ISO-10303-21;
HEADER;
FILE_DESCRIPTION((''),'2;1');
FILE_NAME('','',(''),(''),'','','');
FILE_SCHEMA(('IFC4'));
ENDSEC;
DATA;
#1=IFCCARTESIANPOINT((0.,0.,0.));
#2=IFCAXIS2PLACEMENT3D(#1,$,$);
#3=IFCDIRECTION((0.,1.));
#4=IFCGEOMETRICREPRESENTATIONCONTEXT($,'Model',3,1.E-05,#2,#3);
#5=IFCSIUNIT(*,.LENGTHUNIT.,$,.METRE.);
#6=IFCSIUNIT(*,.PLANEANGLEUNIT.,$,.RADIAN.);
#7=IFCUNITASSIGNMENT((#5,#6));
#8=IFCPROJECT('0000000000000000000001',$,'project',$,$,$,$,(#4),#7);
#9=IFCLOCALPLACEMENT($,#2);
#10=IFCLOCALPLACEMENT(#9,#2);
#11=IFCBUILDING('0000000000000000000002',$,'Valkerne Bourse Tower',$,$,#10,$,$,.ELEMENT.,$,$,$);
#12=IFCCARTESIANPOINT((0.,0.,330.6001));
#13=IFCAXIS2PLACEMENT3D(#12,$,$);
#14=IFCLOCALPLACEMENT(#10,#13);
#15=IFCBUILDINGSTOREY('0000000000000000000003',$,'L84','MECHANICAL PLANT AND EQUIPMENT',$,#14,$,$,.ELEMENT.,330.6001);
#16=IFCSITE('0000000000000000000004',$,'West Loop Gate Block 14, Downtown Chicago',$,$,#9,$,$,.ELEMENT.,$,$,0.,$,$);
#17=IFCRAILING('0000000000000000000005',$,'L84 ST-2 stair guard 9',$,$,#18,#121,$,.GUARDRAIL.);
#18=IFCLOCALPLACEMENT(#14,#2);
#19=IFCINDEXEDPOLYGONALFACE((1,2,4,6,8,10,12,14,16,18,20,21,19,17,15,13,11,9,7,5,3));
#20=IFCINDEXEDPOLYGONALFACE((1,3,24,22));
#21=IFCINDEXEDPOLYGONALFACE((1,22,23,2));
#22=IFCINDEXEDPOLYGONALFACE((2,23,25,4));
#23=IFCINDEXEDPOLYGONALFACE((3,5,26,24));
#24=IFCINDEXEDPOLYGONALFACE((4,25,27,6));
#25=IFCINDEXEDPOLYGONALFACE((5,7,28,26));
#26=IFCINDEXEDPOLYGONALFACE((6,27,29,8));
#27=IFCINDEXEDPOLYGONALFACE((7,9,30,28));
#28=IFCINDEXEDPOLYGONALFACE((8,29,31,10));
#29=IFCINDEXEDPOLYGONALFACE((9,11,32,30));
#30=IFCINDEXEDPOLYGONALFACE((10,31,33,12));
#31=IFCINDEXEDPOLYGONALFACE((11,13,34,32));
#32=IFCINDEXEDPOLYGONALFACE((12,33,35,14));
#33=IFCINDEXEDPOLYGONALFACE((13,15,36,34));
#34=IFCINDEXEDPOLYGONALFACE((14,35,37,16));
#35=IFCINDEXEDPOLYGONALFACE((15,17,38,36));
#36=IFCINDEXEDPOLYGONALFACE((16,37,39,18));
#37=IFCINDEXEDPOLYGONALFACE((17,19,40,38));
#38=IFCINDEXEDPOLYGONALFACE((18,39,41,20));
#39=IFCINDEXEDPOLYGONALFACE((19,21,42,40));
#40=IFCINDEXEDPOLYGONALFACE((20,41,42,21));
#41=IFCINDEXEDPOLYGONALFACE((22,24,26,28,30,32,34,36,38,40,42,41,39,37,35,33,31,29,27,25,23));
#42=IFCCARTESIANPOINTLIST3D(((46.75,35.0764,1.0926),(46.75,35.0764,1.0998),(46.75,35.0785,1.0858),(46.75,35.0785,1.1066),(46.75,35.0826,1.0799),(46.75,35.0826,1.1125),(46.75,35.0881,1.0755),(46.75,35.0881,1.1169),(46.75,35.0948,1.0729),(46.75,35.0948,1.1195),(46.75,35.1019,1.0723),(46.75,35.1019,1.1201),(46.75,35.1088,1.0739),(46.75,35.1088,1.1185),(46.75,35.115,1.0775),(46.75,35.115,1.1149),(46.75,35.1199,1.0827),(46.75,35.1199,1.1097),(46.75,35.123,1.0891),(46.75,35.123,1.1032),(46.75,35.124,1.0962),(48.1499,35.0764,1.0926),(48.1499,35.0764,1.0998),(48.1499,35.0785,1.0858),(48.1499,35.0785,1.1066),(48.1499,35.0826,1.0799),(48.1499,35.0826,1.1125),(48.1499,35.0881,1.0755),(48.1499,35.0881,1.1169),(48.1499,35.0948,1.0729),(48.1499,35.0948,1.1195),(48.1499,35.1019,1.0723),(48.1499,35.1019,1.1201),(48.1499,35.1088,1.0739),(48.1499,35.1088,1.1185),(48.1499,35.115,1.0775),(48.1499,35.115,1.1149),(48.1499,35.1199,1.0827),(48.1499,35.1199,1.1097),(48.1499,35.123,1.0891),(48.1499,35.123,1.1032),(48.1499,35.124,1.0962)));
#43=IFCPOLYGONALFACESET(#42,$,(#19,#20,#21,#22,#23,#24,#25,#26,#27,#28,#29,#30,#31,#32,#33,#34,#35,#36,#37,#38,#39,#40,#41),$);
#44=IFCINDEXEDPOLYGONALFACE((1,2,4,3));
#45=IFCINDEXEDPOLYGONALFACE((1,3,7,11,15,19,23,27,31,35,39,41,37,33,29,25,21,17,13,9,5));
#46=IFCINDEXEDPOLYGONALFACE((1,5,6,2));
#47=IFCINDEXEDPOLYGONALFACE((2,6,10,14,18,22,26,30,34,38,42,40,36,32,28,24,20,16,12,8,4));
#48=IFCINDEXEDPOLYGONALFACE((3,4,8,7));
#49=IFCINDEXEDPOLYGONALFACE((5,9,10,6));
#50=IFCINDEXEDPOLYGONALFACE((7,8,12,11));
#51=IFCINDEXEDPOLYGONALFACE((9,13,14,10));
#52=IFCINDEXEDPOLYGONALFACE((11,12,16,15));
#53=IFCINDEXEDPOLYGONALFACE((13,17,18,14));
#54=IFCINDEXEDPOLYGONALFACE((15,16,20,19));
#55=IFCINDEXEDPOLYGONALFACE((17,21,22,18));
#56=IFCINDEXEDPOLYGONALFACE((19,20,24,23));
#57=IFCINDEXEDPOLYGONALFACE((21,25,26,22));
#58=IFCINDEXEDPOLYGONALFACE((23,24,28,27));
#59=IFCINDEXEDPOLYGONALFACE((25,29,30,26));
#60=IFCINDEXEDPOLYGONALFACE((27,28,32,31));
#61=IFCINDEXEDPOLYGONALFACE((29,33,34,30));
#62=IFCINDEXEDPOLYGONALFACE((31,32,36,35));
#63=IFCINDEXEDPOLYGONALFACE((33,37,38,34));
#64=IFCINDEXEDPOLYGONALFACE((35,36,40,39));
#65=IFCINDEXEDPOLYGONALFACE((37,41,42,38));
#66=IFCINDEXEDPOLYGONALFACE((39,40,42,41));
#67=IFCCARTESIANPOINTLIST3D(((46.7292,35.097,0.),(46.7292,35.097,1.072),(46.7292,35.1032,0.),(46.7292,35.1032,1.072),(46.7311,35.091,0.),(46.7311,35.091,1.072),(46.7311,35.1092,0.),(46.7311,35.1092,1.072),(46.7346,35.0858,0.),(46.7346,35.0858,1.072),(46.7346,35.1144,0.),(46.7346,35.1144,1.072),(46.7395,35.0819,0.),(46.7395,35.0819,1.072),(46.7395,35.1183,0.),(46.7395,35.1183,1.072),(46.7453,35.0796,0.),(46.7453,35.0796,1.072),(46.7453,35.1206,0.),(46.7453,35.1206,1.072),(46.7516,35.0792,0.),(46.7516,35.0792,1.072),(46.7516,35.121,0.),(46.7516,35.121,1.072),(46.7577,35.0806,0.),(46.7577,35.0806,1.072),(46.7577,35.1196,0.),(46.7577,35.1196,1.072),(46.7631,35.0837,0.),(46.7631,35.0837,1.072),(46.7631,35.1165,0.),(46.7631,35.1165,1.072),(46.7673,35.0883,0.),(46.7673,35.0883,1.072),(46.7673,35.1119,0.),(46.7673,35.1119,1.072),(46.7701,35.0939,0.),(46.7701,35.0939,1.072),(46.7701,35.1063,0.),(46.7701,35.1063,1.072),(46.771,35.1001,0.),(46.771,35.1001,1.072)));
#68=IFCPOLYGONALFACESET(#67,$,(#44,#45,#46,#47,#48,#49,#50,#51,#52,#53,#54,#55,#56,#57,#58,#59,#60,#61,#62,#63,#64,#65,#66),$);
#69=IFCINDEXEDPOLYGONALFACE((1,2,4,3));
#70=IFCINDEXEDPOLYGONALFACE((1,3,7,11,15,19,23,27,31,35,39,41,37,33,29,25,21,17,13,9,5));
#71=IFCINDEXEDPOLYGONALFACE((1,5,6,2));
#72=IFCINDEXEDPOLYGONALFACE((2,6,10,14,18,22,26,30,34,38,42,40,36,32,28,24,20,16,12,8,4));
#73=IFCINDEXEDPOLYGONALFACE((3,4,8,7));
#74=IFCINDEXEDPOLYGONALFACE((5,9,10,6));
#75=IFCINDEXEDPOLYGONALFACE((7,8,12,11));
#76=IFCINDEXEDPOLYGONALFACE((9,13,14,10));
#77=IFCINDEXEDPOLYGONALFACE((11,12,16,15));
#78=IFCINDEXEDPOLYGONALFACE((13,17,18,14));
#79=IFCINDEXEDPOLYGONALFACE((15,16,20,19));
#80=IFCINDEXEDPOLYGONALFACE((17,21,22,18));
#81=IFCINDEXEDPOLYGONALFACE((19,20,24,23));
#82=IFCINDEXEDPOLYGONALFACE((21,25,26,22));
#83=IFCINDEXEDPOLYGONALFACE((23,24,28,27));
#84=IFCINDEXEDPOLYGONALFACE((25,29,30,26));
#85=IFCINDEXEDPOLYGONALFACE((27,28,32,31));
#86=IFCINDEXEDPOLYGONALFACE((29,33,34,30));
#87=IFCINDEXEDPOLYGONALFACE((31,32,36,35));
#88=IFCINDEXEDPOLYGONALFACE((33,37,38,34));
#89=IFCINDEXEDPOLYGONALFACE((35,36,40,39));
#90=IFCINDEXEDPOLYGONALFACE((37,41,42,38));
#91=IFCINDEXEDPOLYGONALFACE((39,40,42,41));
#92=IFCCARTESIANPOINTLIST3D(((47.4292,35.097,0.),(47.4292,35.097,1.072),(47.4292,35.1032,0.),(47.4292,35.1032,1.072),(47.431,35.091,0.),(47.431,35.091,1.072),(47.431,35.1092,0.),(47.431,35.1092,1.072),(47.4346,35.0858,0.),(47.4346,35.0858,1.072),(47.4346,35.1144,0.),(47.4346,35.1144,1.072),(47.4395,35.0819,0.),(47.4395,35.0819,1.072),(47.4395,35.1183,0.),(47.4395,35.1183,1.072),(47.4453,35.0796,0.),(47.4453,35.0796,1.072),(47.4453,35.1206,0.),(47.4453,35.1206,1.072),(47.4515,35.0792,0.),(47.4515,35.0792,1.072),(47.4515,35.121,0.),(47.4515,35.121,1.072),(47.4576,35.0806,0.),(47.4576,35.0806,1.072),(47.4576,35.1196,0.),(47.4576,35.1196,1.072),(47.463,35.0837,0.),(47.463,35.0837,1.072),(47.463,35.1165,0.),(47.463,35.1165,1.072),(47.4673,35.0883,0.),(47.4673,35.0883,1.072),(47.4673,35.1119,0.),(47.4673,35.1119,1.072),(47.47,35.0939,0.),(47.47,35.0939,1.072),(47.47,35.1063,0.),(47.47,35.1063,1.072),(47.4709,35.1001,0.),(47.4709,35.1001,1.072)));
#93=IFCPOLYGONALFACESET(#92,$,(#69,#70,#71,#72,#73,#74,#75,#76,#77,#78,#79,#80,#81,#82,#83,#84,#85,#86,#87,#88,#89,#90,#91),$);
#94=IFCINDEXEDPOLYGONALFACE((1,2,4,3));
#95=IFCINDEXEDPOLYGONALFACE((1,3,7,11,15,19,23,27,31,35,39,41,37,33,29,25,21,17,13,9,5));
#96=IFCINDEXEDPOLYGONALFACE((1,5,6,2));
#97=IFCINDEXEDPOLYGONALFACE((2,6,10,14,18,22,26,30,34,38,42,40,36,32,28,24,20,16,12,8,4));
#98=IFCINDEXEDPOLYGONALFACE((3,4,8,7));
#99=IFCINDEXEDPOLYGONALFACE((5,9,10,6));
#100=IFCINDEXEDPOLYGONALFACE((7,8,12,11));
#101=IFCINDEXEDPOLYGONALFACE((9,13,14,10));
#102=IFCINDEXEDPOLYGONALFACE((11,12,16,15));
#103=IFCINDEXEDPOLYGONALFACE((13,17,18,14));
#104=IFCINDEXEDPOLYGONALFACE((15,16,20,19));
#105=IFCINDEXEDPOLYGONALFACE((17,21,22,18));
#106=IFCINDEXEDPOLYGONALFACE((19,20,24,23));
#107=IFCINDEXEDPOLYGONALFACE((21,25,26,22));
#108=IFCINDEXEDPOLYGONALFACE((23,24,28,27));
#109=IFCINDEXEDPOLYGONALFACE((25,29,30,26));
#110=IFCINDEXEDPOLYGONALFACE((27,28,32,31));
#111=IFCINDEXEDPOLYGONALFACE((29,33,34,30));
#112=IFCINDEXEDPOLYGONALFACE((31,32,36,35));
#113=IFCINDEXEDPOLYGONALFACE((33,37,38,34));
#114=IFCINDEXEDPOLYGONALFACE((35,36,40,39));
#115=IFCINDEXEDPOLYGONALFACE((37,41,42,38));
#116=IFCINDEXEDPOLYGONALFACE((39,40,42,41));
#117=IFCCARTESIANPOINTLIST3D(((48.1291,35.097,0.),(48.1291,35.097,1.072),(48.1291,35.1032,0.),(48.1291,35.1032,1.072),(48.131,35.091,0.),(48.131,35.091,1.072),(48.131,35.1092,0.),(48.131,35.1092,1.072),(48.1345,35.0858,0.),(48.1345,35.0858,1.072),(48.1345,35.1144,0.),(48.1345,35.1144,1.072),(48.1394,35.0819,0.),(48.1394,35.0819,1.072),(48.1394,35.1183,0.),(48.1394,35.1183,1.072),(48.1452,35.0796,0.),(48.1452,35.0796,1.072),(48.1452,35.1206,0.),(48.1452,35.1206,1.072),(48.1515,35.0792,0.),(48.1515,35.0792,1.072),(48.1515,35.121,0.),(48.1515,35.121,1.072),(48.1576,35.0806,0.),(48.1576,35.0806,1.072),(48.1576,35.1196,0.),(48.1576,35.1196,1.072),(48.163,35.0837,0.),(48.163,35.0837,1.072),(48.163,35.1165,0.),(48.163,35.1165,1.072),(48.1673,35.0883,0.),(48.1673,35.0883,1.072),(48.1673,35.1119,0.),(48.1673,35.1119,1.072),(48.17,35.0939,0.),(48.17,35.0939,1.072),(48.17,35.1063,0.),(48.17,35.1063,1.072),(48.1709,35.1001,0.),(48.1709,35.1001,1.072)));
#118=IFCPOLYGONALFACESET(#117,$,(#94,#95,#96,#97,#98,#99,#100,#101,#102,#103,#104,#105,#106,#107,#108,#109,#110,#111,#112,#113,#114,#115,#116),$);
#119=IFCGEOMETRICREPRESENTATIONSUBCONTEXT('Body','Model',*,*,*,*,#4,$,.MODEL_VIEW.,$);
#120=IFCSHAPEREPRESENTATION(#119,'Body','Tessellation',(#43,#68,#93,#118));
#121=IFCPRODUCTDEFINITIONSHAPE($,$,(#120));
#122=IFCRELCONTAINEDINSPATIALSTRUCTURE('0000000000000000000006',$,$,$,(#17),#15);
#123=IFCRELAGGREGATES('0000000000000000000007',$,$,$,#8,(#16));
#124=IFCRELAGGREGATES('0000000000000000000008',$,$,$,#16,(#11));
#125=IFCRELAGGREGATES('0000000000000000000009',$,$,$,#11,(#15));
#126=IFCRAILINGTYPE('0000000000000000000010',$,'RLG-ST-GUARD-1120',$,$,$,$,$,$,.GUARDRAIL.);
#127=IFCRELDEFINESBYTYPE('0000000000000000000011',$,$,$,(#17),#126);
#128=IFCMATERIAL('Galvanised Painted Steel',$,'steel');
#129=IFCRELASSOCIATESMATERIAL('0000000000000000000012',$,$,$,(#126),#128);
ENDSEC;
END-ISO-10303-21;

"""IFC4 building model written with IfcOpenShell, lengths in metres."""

from ifc_helpers import new_model, si_unit, direction, frame, origin, origin_2d, place, context, subcontext, project, spatial, circle, extrude, material, type_object, element, save


model = new_model("IFC4")

# Units and contexts
model_context = context("Model", 3, precision=1e-05, world=origin(), true_north=direction((0.0, 1.0)))
body_context = subcontext(model_context, "Body", "Model", "MODEL_VIEW")
ifc_project = project(units=[si_unit("LENGTHUNIT", "METRE"), si_unit("PLANEANGLEUNIT", "RADIAN")], contexts=[model_context])

# Site, building, storey
site_placement = place(None, origin())
site = spatial("IfcSite", under=ifc_project, at=site_placement, Name="West Loop Gate Block 14, Downtown Chicago", CompositionType="ELEMENT", RefElevation=0.0)
building_placement = place(site_placement, origin())
building = spatial("IfcBuilding", under=site, at=building_placement, Name="Valkerne Bourse Tower", CompositionType="ELEMENT")
storey_placement = place(building_placement, frame((0.0, 0.0, 330.6001)))
storey = spatial("IfcBuildingStorey", under=building, at=storey_placement, Name="L84", Description="MECHANICAL PLANT AND EQUIPMENT", CompositionType="ELEMENT", Elevation=330.6001)

# Shared definitions
ifc_material_1 = material(Name="Galvanised Painted Steel", Category="steel")

# Railing
railing_type_1 = type_object("IfcRailingType", Name="RLG-ST-GUARD-1120", PredefinedType="GUARDRAIL", material=ifc_material_1)
for number, where, name in (
    (1, (46.75, 35.1001, 0.0), "L84 ST-2 stair guard 9"),
):
    element("IfcRailing", number, at=place(storey_placement, frame(where)), inside=storey, type_object=railing_type_1, Name=name, PredefinedType="GUARDRAIL", context=body_context, shape_type="SweptSolid", body=[
        extrude(circle(Radius=0.0239, at=origin_2d()), frame((0.0, 0.0, 1.0962), z_axis=(1.0, 0.0, 0.0), x_axis=(0.0, 1.0, 0.0)), (0.0, 0.0, 1.0), 1.3999),
        extrude(circle(Radius=0.021, at=origin_2d()), origin(), (0.0, 0.0, 1.0), 1.072),
        extrude(circle(Radius=0.021, at=origin_2d()), frame((0.7, 0.0, 0.0)), (0.0, 0.0, 1.0), 1.072),
        extrude(circle(Radius=0.021, at=origin_2d()), frame((1.3999, 0.0, 0.0)), (0.0, 0.0, 1.0), 1.072),
    ])

save(model, "model.ifc")
